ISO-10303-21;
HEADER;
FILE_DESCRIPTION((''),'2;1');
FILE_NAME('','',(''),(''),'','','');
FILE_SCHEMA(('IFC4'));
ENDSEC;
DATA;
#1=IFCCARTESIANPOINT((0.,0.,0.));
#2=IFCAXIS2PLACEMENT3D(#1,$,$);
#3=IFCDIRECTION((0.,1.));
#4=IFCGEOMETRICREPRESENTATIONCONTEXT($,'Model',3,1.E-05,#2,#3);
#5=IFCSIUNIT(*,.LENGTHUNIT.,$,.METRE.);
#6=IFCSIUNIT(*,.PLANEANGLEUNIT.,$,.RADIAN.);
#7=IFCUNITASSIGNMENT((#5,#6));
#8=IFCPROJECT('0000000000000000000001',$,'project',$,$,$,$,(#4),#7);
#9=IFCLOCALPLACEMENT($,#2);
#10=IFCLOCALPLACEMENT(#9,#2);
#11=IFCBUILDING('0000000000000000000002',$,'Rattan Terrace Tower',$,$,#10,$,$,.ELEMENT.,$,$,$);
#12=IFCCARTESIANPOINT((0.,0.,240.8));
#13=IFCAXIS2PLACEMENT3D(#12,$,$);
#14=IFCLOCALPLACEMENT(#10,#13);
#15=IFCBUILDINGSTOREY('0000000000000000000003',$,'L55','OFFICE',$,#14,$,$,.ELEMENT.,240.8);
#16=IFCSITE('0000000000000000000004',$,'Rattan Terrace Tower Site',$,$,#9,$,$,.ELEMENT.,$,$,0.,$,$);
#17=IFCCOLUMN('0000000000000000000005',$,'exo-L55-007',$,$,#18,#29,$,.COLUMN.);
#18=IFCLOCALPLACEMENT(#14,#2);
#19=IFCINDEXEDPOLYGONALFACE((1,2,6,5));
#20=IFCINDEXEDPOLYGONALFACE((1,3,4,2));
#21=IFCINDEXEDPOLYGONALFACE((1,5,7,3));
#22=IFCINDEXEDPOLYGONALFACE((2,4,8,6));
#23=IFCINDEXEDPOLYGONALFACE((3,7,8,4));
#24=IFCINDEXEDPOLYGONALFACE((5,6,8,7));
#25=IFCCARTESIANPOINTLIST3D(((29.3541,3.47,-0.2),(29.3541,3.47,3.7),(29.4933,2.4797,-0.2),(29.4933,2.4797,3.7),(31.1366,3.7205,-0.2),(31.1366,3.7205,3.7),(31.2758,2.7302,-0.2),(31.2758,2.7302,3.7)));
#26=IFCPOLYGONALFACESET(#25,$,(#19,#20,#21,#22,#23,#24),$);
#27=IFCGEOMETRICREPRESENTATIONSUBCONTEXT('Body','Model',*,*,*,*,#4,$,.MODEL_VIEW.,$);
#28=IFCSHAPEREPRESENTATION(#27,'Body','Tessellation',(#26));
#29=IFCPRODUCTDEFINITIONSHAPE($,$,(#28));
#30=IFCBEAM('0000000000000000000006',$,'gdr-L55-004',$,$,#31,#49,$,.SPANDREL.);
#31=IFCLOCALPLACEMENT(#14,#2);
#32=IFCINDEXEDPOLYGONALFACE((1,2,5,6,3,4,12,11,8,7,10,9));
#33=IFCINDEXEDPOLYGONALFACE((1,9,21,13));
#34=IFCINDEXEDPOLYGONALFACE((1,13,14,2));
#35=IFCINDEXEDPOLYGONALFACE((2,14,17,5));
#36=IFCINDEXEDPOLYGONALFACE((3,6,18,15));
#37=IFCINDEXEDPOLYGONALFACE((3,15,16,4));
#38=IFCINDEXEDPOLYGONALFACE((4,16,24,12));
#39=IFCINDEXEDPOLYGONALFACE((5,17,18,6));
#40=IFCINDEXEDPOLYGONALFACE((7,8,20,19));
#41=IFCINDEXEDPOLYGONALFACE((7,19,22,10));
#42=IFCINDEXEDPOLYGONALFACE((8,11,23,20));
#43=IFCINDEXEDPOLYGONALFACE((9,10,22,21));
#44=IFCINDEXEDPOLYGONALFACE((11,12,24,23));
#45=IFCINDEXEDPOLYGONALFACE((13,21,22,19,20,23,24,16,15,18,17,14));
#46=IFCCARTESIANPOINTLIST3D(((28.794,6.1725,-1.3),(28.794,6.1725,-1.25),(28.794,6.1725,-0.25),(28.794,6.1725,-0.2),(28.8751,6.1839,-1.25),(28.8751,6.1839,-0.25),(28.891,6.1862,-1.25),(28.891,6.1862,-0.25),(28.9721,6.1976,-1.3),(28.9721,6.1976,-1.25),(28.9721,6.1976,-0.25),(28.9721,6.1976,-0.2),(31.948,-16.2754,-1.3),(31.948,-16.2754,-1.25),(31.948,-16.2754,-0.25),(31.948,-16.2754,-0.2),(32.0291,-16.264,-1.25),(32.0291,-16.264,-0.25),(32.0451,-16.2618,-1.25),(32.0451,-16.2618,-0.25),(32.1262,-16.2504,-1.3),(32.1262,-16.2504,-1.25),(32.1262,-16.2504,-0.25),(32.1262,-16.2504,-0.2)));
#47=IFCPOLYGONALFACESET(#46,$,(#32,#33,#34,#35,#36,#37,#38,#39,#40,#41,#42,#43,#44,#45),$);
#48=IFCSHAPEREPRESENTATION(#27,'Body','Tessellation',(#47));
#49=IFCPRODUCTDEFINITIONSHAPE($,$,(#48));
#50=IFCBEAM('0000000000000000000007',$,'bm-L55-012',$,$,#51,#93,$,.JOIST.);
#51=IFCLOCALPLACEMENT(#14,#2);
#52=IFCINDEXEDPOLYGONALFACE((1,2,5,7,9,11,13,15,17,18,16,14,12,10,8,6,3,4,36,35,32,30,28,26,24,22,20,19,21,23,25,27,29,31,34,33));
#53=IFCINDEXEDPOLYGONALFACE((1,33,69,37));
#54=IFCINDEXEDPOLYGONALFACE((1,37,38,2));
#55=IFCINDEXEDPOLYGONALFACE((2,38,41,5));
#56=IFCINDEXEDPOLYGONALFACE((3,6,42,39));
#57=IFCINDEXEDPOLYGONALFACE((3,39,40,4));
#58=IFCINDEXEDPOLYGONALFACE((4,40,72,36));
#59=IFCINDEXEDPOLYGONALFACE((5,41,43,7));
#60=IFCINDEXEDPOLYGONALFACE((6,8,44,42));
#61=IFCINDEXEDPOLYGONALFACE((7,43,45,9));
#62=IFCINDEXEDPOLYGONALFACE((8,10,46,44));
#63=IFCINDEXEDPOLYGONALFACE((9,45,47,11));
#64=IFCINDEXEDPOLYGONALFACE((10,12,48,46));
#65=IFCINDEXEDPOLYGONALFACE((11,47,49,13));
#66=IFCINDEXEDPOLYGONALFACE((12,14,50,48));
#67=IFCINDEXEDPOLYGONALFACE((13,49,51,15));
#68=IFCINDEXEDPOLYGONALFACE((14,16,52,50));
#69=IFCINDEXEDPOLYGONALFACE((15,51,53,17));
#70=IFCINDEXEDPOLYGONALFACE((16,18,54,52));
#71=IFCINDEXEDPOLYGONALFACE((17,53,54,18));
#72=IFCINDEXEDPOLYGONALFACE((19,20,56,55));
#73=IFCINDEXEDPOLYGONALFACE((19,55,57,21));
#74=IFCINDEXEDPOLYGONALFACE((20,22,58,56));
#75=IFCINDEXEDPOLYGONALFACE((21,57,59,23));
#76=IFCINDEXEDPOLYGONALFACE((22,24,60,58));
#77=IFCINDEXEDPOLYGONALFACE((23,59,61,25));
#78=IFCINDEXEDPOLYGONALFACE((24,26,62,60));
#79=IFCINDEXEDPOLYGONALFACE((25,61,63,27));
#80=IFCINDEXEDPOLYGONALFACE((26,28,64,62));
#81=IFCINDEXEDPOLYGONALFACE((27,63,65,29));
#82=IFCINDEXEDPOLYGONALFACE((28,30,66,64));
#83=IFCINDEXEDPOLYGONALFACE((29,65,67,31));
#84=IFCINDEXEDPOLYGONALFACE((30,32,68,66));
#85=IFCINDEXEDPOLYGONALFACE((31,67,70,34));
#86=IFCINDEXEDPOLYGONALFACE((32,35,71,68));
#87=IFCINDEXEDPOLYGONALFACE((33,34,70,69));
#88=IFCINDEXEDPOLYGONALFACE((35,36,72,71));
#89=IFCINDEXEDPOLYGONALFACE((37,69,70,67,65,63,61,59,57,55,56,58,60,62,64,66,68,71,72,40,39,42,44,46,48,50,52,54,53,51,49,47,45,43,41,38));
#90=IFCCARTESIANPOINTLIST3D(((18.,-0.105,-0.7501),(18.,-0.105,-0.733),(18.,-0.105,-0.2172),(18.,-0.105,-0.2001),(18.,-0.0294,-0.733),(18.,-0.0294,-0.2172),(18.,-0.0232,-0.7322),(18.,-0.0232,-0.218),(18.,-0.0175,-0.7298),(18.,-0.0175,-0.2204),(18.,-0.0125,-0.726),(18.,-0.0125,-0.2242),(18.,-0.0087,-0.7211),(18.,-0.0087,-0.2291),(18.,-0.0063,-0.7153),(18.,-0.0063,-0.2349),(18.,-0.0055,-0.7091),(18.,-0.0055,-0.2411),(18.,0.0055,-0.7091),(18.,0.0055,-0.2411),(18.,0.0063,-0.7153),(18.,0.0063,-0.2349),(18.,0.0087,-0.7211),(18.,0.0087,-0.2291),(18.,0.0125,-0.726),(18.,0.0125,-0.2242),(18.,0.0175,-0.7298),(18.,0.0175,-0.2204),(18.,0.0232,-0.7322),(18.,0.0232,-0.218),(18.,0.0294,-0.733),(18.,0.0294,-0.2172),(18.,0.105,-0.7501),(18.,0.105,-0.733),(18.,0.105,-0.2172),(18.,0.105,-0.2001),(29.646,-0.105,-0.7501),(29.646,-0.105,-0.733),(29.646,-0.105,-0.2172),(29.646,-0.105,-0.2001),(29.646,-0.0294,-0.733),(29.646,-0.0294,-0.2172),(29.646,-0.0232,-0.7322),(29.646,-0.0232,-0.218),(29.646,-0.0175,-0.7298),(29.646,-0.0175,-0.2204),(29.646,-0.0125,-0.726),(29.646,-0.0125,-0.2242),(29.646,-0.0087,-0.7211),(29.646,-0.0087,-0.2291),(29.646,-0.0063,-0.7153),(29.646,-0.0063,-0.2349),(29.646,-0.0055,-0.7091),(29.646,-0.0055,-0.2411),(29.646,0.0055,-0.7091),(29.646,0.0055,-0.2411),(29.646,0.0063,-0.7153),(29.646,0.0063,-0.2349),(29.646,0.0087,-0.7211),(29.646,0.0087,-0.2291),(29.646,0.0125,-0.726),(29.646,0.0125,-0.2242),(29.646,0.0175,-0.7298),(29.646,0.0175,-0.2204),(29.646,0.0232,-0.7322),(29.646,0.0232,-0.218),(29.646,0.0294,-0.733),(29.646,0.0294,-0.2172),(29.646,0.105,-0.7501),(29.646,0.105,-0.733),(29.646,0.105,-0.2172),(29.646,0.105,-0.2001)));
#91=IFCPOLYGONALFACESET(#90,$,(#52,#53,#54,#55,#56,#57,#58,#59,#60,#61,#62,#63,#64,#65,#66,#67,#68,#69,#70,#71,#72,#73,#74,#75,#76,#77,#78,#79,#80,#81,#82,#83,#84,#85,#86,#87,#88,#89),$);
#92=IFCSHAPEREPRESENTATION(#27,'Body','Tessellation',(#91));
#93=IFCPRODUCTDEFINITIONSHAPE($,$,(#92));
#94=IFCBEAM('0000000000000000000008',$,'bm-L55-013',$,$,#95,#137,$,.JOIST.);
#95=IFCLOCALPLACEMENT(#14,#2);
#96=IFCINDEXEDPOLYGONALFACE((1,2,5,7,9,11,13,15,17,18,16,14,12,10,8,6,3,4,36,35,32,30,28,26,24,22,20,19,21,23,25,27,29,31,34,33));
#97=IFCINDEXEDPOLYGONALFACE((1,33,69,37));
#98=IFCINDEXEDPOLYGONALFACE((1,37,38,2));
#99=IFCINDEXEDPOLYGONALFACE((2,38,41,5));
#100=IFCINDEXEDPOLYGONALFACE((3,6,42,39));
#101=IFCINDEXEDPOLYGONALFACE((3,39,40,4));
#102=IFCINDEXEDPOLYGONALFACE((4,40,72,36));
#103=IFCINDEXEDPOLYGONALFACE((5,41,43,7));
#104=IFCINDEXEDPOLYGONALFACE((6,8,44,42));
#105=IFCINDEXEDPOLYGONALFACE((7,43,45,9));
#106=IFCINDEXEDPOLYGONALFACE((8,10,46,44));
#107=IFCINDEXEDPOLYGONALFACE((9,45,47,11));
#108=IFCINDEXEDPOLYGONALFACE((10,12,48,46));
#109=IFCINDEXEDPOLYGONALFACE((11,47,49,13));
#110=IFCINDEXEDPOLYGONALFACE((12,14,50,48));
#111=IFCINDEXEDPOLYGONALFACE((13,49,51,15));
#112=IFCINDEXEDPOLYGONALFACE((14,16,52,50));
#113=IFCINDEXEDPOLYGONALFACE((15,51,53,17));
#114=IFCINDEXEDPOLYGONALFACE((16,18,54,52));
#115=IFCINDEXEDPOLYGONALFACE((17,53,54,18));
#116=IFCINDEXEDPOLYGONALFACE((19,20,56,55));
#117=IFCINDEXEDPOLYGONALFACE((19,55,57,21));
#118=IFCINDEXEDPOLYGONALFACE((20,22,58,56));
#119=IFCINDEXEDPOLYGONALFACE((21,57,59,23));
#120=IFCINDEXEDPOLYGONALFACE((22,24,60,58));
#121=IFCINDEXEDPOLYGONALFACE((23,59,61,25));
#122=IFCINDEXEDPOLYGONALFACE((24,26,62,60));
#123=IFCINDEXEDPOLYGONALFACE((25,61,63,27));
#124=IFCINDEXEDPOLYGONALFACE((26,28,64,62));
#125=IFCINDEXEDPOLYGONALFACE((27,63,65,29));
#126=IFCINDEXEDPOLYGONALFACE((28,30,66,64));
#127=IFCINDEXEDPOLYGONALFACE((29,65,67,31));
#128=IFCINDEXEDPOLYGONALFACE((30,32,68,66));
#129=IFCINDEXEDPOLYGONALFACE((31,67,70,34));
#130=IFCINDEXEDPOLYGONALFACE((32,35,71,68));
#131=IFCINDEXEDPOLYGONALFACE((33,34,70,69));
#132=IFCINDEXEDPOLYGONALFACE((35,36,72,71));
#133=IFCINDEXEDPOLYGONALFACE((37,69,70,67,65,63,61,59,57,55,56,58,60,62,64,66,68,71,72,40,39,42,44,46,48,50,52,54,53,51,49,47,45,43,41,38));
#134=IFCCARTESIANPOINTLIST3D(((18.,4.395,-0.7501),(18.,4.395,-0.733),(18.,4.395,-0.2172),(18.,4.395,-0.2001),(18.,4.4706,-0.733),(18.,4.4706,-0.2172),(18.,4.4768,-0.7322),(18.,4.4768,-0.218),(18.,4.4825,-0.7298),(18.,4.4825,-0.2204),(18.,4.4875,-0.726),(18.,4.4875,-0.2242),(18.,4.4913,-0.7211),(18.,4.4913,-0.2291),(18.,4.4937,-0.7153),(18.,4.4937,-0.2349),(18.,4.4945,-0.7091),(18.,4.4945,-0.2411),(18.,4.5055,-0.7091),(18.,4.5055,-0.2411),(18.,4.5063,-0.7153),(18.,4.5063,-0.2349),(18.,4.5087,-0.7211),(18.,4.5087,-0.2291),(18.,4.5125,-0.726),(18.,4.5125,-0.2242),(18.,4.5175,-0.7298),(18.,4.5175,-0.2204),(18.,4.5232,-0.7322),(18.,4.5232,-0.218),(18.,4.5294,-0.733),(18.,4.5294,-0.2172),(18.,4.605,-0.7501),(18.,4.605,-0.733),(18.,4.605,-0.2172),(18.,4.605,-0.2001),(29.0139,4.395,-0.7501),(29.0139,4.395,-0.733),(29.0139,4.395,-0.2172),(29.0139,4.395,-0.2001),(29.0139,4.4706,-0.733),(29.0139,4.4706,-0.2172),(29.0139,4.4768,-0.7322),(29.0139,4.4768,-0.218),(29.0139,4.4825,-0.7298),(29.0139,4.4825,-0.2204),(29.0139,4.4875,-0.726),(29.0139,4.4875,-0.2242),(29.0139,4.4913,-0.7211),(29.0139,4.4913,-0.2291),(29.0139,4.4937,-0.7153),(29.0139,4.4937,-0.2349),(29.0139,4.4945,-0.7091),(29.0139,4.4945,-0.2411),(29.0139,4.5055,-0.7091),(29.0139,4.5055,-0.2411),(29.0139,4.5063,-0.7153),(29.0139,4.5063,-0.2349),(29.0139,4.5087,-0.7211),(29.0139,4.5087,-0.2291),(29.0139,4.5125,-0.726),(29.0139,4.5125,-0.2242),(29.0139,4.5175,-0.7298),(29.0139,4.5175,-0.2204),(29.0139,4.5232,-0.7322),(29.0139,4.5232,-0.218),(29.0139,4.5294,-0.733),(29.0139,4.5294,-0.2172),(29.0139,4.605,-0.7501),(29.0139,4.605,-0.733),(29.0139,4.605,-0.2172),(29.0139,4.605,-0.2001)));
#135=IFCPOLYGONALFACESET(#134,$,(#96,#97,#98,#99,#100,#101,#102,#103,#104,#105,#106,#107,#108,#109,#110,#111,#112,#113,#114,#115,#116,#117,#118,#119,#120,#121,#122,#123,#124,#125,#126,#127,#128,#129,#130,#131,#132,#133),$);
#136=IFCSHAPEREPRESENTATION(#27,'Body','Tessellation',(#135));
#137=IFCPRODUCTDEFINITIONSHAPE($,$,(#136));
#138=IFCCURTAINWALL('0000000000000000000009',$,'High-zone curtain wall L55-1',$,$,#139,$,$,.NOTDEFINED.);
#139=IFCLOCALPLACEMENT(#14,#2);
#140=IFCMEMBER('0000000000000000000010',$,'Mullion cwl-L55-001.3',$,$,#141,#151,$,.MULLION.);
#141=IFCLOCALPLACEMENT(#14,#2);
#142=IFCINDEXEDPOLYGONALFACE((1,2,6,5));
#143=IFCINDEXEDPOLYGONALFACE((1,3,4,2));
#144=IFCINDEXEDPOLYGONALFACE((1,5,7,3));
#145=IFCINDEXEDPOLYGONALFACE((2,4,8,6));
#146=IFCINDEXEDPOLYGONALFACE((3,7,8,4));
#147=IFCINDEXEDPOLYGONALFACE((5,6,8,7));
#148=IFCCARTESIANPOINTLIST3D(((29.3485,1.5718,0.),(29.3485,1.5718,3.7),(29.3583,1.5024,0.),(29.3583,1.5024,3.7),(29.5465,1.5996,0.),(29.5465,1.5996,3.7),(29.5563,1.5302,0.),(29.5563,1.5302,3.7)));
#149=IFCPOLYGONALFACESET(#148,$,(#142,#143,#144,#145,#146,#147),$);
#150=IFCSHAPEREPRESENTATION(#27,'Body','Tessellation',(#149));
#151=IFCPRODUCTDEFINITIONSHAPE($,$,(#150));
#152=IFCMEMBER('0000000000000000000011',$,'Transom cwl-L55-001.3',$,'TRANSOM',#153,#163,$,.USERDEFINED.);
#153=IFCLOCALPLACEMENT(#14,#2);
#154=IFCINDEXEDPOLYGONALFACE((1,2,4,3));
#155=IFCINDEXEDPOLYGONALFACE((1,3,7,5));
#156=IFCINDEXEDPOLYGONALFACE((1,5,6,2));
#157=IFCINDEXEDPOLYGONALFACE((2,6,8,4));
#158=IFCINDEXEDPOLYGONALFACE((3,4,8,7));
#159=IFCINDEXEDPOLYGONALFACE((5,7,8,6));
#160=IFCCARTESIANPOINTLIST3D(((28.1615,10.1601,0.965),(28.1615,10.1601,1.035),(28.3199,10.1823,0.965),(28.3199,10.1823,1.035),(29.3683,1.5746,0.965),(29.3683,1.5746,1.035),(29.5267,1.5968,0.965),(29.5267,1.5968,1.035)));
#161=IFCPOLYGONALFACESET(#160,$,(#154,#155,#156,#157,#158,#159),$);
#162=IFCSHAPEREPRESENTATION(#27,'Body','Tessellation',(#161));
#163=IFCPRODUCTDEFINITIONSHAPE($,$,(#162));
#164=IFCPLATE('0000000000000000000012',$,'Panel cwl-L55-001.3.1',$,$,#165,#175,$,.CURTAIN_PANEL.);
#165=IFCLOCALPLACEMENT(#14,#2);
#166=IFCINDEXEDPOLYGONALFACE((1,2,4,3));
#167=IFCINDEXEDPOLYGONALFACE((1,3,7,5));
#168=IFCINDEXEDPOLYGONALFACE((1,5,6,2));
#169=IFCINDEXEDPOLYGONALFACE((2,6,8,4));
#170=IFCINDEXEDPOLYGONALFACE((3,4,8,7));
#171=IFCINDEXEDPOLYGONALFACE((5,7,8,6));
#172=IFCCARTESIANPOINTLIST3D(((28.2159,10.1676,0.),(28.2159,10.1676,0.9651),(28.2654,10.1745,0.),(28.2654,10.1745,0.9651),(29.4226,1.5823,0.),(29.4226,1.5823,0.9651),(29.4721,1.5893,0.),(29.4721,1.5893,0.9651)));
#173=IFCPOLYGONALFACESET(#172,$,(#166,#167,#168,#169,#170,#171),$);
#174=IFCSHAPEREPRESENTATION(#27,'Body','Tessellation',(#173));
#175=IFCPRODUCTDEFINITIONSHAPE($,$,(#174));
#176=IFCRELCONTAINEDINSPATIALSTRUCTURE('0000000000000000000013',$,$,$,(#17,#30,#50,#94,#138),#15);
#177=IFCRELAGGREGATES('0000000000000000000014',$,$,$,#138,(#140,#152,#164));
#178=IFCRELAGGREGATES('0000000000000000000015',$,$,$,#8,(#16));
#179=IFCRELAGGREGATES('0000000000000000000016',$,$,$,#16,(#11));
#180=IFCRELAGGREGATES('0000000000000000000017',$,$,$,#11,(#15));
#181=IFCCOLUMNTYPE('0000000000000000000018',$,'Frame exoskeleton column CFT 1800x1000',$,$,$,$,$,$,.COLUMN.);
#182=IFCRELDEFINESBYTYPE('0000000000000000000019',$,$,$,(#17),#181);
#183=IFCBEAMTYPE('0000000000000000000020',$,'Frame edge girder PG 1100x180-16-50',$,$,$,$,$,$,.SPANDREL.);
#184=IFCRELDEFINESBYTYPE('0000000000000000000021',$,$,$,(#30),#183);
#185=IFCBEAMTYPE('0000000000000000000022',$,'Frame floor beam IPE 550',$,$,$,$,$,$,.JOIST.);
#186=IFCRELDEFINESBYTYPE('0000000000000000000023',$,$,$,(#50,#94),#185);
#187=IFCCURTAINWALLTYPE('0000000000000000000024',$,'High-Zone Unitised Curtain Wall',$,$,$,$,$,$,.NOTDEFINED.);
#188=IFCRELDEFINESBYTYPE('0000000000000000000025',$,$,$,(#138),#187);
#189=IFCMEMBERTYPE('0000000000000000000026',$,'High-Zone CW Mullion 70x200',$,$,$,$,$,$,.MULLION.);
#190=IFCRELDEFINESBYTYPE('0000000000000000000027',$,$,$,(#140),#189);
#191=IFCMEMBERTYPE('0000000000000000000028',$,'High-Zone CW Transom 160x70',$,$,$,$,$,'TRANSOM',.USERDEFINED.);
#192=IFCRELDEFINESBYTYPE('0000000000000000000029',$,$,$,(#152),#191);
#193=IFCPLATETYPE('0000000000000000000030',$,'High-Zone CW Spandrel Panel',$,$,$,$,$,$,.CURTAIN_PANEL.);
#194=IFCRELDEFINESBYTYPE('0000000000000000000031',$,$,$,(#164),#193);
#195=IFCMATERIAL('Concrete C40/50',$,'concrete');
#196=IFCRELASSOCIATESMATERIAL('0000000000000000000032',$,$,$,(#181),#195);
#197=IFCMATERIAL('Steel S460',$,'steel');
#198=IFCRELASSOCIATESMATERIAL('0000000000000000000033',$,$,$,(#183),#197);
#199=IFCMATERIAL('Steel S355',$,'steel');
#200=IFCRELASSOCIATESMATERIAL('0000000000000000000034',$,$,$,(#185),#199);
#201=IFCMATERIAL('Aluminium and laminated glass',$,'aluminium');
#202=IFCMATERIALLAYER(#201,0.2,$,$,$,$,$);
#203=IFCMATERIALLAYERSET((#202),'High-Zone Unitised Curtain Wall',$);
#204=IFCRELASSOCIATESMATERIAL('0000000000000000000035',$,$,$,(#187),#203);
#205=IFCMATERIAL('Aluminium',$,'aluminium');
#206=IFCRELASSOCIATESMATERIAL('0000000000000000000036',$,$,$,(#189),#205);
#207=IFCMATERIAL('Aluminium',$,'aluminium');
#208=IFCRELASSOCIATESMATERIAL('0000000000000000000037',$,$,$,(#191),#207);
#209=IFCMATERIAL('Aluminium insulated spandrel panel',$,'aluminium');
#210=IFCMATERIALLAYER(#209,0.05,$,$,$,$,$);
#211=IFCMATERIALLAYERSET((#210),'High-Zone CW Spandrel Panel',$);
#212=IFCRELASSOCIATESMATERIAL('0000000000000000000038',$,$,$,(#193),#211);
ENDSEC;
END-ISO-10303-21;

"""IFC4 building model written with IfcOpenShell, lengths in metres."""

from ifc_helpers import new_model, si_unit, direction, frame, origin, origin_2d, place, context, subcontext, project, spatial, rectangle, i_section, extrude, material, layer, layer_set, material_profile, profile_set, type_object, element, aggregate, save


model = new_model("IFC4")

# Units and contexts
model_context = context("Model", 3, precision=1e-05, world=origin(), true_north=direction((0.0, 1.0)))
body_context = subcontext(model_context, "Body", "Model", "MODEL_VIEW")
ifc_project = project(units=[si_unit("LENGTHUNIT", "METRE"), si_unit("PLANEANGLEUNIT", "RADIAN")], contexts=[model_context])

# Site, building, storey
site_placement = place(None, origin())
site = spatial("IfcSite", under=ifc_project, at=site_placement, Name="Rattan Terrace Tower Site", CompositionType="ELEMENT", RefElevation=0.0)
building_placement = place(site_placement, origin())
building = spatial("IfcBuilding", under=site, at=building_placement, Name="Rattan Terrace Tower", CompositionType="ELEMENT")
storey_placement = place(building_placement, frame((0.0, 0.0, 240.8)))
storey = spatial("IfcBuildingStorey", under=building, at=storey_placement, Name="L55", Description="OFFICE", CompositionType="ELEMENT", Elevation=240.8)

# Column
ifc_material_1 = material(Name="Concrete C40/50", Category="concrete")
ifc_material_profile_1 = material_profile(ifc_material_1, rectangle(XDim=1.0, YDim=1.8, at=origin_2d()), Name="CFT 1800x1000")
ifc_profile_set_1 = profile_set([ifc_material_profile_1], Name="Concrete C40/50")
column_type = type_object("IfcColumnType", Name="Frame exoskeleton column CFT 1800x1000", PredefinedType="COLUMN", material=ifc_profile_set_1)
column_placement = place(storey_placement, frame((30.3149, 3.1001, -0.2), z_axis=(0.0, 0.0, 1.0), x_axis=(-0.13919, 0.990266, 0.0)))
element("IfcColumn", 1, at=column_placement, inside=storey, type_object=column_type, Name="exo-L55-007", PredefinedType="COLUMN", context=body_context, shape_type="SweptSolid", body=[
    extrude(rectangle(XDim=1.0, YDim=1.8, at=origin_2d()), origin(), (0.0, 0.0, 1.0), 3.8999),
])

# Beams
ifc_material_2 = material(Name="Steel S460", Category="steel")
ifc_material_profile_2 = material_profile(ifc_material_2, i_section(OverallWidth=0.1799, OverallDepth=1.1001, WebThickness=0.0161, FlangeThickness=0.05, at=origin_2d()), Name="PG 1100x180-16-50")
ifc_profile_set_2 = profile_set([ifc_material_profile_2], Name="Steel S460")
beam_type_1 = type_object("IfcBeamType", Name="Frame edge girder PG 1100x180-16-50", PredefinedType="SPANDREL", material=ifc_profile_set_2)
beam_1_placement = place(storey_placement, frame((28.8831, 6.1851, -0.75), z_axis=(0.139138, -0.990273, 0.0), x_axis=(0.990273, 0.139138, 0.0)))
element("IfcBeam", 2, at=beam_1_placement, inside=storey, type_object=beam_type_1, Name="gdr-L55-004", PredefinedType="SPANDREL", context=body_context, shape_type="SweptSolid", body=[
    extrude(i_section(OverallWidth=0.1799, OverallDepth=1.1001, WebThickness=0.0161, FlangeThickness=0.05, at=origin_2d()), origin(), (0.0, 0.0, 1.0), 22.6685),
])
ifc_material_3 = material(Name="Steel S355", Category="steel")
ifc_material_profile_3 = material_profile(ifc_material_3, i_section(OverallWidth=0.21, OverallDepth=0.55, WebThickness=0.011, FlangeThickness=0.0171, FilletRadius=0.0239, at=origin_2d()), Name="IPE 550")
ifc_profile_set_3 = profile_set([ifc_material_profile_3], Name="Steel S355")
beam_type_2 = type_object("IfcBeamType", Name="Frame floor beam IPE 550", PredefinedType="JOIST", material=ifc_profile_set_3)
beam_2_placement = place(storey_placement, frame((18.0, 0.0, -0.4751), z_axis=(1.0, 0.0, 0.0), x_axis=(0.0, 1.0, 0.0)))
element("IfcBeam", 3, at=beam_2_placement, inside=storey, type_object=beam_type_2, Name="bm-L55-012", PredefinedType="JOIST", context=body_context, shape_type="SweptSolid", body=[
    extrude(i_section(OverallWidth=0.21, OverallDepth=0.55, WebThickness=0.011, FlangeThickness=0.0171, FilletRadius=0.0239, at=origin_2d()), origin(), (0.0, 0.0, 1.0), 11.646),
])
beam_3_placement = place(storey_placement, frame((18.0, 4.5, -0.4751), z_axis=(1.0, 0.0, 0.0), x_axis=(0.0, 1.0, 0.0)))
element("IfcBeam", 4, at=beam_3_placement, inside=storey, type_object=beam_type_2, Name="bm-L55-013", PredefinedType="JOIST", context=body_context, shape_type="SweptSolid", body=[
    extrude(i_section(OverallWidth=0.21, OverallDepth=0.55, WebThickness=0.011, FlangeThickness=0.0171, FilletRadius=0.0239, at=origin_2d()), origin(), (0.0, 0.0, 1.0), 11.0139),
])

# Curtain wall, members, plate
ifc_material_4 = material(Name="Aluminium and laminated glass", Category="aluminium")
ifc_layer_1 = layer(ifc_material_4, 0.2)
ifc_layer_set_1 = layer_set([ifc_layer_1], Name="High-Zone Unitised Curtain Wall")
curtain_wall_type = type_object("IfcCurtainWallType", Name="High-Zone Unitised Curtain Wall", PredefinedType="NOTDEFINED", material=ifc_layer_set_1)
curtain_wall_placement = place(storey_placement, origin())
curtain_wall = element("IfcCurtainWall", 5, at=curtain_wall_placement, inside=storey, type_object=curtain_wall_type, Name="High-zone curtain wall L55-1", PredefinedType="NOTDEFINED")
ifc_material_5 = material(Name="Aluminium", Category="aluminium")
ifc_material_profile_4 = material_profile(ifc_material_5, rectangle(XDim=0.0701, YDim=0.2, at=origin_2d()), Name="Aluminium 70x200")
ifc_profile_set_4 = profile_set([ifc_material_profile_4], Name="Aluminium")
member_type_1 = type_object("IfcMemberType", Name="High-Zone CW Mullion 70x200", PredefinedType="MULLION", material=ifc_profile_set_4)
member_1_placement = place(storey_placement, frame((29.4524, 1.551, 0.0), z_axis=(0.0, 0.0, 1.0), x_axis=(-0.139186, 0.990266, 0.0)))
member_1 = element("IfcMember", 6, at=member_1_placement, type_object=member_type_1, Name="Mullion cwl-L55-001.3", PredefinedType="MULLION", context=body_context, shape_type="SweptSolid", body=[
    extrude(rectangle(XDim=0.0701, YDim=0.2, at=origin_2d()), origin(), (0.0, 0.0, 1.0), 3.7),
])
ifc_material_6 = material(Name="Aluminium", Category="aluminium")
ifc_material_profile_5 = material_profile(ifc_material_6, rectangle(XDim=0.1599, YDim=0.0701, at=origin_2d()), Name="Aluminium 160x70")
ifc_profile_set_5 = profile_set([ifc_material_profile_5], Name="Aluminium")
member_type_2 = type_object("IfcMemberType", Name="High-Zone CW Transom 160x70", ElementType="TRANSOM", PredefinedType="USERDEFINED", material=ifc_profile_set_5)
member_2_placement = place(storey_placement, frame((29.4475, 1.5857, 1.0), z_axis=(-0.139194, 0.990265, 0.0), x_axis=(-0.990265, -0.139194, 0.0)))
member_2 = element("IfcMember", 7, at=member_2_placement, type_object=member_type_2, Name="Transom cwl-L55-001.3", ObjectType="TRANSOM", PredefinedType="USERDEFINED", context=body_context, shape_type="SweptSolid", body=[
    extrude(rectangle(XDim=0.1599, YDim=0.0701, at=origin_2d()), origin(), (0.0, 0.0, 1.0), 8.6699),
])
ifc_material_7 = material(Name="Aluminium insulated spandrel panel", Category="aluminium")
ifc_layer_2 = layer(ifc_material_7, 0.05)
ifc_layer_set_2 = layer_set([ifc_layer_2], Name="High-Zone CW Spandrel Panel")
plate_type_1 = type_object("IfcPlateType", Name="High-Zone CW Spandrel Panel", PredefinedType="CURTAIN_PANEL", material=ifc_layer_set_2)
plate_1_placement = place(storey_placement, frame((28.844, 5.8784, 0.0), z_axis=(0.0, 0.0, 1.0), x_axis=(-0.139186, 0.990266, 0.0)))
plate_1 = element("IfcPlate", 8, at=plate_1_placement, type_object=plate_type_1, Name="Panel cwl-L55-001.3.1", PredefinedType="CURTAIN_PANEL", context=body_context, shape_type="SweptSolid", body=[
    extrude(rectangle(XDim=8.6697, YDim=0.05, at=origin_2d()), origin(), (0.0, 0.0, 1.0), 0.9651),
])
aggregate(curtain_wall, [member_1, member_2, plate_1])

save(model, "model.ifc")
